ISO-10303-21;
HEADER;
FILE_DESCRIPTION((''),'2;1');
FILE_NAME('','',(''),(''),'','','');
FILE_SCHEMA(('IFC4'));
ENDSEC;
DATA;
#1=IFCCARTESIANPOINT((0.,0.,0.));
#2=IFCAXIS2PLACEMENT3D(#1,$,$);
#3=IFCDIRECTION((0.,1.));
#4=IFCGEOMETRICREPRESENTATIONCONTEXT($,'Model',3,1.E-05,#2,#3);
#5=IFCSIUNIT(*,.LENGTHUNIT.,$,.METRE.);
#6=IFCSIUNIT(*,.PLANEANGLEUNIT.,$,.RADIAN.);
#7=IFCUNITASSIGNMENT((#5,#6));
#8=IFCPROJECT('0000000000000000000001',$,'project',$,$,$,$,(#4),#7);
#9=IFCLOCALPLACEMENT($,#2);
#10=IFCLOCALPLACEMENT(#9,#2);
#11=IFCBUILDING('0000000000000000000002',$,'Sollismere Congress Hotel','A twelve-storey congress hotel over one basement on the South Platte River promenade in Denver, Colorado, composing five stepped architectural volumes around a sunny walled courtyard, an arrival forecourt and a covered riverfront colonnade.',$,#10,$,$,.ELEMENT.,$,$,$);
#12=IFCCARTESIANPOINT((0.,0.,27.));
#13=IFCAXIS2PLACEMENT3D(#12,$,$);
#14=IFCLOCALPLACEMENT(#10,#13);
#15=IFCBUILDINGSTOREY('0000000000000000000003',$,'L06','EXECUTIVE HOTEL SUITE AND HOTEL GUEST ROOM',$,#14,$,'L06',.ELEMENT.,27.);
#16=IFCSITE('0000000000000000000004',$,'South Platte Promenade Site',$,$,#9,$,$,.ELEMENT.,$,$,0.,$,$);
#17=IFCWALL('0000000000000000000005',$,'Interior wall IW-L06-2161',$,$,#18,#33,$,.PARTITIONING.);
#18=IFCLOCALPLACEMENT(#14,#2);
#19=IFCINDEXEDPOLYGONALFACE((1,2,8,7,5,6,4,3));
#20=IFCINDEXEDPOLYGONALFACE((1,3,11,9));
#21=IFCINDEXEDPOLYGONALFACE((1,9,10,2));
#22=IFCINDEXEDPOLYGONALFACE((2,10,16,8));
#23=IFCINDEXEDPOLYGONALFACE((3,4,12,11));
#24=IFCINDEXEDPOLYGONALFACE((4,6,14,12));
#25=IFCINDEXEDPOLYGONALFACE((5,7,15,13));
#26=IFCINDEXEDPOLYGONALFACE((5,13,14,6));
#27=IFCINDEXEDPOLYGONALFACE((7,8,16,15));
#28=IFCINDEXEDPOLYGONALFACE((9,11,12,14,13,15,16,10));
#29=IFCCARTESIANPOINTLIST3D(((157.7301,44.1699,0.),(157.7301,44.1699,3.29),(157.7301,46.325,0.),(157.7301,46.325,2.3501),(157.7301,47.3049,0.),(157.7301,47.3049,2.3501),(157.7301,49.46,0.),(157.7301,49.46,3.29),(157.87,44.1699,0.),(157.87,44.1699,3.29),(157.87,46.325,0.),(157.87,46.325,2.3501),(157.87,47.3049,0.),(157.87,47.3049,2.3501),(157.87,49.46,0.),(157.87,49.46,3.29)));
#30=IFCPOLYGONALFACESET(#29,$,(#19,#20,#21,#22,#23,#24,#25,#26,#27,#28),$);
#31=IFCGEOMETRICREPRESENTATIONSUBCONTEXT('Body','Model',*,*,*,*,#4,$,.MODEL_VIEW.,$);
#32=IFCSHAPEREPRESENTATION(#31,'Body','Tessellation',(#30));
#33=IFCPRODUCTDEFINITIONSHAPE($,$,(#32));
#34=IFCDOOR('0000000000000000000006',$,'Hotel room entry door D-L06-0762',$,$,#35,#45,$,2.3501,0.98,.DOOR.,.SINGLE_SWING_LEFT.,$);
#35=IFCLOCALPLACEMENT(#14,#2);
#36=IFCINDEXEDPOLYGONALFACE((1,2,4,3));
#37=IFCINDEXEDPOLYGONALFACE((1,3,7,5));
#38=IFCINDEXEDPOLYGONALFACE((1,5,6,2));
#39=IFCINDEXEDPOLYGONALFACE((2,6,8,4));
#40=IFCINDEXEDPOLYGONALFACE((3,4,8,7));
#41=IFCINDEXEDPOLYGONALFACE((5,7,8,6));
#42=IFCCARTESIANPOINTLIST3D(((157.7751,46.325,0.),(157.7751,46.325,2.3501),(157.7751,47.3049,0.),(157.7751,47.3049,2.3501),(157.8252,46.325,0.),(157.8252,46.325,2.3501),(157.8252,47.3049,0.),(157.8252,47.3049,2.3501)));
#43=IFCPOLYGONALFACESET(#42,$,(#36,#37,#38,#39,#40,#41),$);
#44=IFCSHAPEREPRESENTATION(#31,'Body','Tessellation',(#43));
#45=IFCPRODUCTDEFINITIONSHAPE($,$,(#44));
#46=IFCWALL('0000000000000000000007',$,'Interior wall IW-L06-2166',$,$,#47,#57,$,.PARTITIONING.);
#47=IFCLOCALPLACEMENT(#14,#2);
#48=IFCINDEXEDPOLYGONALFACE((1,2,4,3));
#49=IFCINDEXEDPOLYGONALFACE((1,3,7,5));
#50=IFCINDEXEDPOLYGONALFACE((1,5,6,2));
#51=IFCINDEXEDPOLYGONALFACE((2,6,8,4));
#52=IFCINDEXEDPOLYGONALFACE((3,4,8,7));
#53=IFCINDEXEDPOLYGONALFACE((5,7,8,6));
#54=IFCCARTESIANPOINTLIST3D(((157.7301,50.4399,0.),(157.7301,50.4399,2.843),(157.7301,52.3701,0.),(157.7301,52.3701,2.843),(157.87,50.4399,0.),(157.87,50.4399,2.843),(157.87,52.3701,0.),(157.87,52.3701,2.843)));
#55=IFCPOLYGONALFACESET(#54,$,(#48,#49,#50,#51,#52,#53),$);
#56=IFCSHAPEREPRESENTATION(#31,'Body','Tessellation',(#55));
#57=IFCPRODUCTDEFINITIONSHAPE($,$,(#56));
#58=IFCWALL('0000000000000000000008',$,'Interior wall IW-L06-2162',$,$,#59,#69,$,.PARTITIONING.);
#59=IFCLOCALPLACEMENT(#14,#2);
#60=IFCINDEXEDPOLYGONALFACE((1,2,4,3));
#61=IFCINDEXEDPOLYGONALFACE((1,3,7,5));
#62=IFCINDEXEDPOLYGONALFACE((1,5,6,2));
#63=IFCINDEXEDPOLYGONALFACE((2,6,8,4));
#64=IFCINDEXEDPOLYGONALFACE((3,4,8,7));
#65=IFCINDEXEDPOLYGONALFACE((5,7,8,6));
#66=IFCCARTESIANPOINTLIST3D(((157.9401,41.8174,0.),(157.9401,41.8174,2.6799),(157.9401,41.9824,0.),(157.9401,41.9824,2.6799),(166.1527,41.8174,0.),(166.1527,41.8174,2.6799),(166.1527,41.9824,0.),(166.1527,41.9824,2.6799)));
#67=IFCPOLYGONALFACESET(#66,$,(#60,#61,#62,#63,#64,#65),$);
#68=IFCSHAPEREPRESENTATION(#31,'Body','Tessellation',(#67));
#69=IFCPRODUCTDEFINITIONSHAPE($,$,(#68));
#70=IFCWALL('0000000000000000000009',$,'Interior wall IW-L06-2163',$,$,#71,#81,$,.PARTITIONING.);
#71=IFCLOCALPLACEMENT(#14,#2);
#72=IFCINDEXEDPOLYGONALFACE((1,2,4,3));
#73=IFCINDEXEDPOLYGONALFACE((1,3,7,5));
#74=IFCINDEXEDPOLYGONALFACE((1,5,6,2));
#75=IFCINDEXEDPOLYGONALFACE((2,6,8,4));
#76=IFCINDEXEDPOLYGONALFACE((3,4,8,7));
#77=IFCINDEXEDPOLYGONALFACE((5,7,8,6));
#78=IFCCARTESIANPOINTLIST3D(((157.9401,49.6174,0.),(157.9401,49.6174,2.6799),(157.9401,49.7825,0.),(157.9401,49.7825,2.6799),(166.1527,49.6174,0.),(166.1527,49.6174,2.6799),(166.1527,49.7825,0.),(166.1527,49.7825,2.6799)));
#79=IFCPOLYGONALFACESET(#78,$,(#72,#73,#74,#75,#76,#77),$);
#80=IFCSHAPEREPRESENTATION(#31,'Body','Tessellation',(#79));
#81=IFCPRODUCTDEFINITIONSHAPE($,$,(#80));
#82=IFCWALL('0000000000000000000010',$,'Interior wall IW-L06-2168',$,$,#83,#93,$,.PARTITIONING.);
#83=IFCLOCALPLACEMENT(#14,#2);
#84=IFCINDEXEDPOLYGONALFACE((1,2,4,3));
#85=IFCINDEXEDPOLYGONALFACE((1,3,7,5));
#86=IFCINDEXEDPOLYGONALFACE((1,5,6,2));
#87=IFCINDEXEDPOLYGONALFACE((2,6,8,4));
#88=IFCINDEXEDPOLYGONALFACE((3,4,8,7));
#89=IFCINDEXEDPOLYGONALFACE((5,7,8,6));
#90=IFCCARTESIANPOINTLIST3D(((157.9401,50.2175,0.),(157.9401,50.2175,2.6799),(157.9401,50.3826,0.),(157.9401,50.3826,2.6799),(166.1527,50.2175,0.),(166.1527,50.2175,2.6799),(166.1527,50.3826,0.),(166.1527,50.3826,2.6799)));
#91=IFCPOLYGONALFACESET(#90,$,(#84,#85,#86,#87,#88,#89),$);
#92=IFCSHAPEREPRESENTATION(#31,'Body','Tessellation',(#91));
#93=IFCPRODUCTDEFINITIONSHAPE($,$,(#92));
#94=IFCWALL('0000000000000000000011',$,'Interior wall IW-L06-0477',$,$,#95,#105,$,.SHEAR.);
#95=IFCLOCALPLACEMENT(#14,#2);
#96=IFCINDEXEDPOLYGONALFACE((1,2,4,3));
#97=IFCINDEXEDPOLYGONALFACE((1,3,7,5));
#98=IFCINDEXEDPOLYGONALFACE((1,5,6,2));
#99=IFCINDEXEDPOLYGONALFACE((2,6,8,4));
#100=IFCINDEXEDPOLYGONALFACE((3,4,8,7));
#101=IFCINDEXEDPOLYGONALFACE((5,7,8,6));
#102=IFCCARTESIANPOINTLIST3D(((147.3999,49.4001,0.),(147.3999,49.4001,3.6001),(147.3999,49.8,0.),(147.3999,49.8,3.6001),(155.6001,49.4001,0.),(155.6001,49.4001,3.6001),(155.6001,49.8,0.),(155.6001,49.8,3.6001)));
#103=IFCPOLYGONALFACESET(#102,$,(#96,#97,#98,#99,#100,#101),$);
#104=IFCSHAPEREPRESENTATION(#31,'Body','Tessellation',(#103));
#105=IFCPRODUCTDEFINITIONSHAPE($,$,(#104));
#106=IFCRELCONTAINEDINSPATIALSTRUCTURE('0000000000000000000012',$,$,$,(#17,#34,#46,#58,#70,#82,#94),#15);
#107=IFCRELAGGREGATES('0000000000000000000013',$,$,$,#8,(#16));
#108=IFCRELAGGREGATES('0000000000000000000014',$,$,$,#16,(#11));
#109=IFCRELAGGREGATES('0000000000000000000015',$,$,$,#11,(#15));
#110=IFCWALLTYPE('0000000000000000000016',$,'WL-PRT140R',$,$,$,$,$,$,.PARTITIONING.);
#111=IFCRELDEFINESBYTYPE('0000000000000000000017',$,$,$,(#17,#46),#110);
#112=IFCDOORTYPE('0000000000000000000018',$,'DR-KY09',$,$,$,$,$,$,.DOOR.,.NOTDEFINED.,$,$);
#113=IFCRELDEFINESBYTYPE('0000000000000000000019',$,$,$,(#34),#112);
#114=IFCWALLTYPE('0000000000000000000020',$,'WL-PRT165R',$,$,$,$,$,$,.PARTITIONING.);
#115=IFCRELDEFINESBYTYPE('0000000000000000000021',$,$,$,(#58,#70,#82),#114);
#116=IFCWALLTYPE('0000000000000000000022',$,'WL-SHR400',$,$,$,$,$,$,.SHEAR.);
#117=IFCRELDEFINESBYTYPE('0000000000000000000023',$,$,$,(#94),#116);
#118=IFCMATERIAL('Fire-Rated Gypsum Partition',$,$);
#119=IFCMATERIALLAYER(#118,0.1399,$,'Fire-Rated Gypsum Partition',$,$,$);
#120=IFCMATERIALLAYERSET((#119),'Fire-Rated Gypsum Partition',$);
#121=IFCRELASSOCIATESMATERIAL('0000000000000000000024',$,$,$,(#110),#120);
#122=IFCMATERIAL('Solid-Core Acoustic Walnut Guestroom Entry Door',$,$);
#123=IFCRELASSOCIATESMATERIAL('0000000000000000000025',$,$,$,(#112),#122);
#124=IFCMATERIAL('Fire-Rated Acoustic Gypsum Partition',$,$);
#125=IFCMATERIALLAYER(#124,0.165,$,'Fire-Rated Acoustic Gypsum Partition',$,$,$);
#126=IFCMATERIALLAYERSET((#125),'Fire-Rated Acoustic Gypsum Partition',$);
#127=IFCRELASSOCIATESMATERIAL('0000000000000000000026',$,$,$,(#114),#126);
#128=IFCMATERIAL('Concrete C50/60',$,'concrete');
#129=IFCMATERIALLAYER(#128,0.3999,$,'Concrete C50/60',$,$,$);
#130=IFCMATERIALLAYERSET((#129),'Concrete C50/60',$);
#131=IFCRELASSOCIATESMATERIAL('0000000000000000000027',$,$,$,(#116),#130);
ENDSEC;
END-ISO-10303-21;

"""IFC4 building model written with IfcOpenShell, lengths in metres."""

from ifc_helpers import new_model, si_unit, direction, frame, frame_2d, origin, place, context, subcontext, project, spatial, rectangle, extrude, material, layer, layer_set, type_object, element, fill, save


model = new_model("IFC4")

# Units and contexts
model_context = context("Model", 3, precision=1e-05, world=origin(), true_north=direction((0.0, 1.0)))
body_context = subcontext(model_context, "Body", "Model", "MODEL_VIEW")
ifc_project = project(units=[si_unit("LENGTHUNIT", "METRE"), si_unit("PLANEANGLEUNIT", "RADIAN")], contexts=[model_context])

# Site, building, storey
site_placement = place(None, origin())
site = spatial("IfcSite", under=ifc_project, at=site_placement, Name="South Platte Promenade Site", CompositionType="ELEMENT", RefElevation=0.0)
building_placement = place(site_placement, origin())
building = spatial("IfcBuilding", under=site, at=building_placement, Name="Sollismere Congress Hotel", Description="A twelve-storey congress hotel over one basement on the South Platte River promenade in Denver, Colorado, composing five stepped architectural volumes around a sunny walled courtyard, an arrival forecourt and a covered riverfront colonnade.", CompositionType="ELEMENT")
storey_placement = place(building_placement, frame((0.0, 0.0, 27.0)))
storey = spatial("IfcBuildingStorey", under=building, at=storey_placement, Name="L06", Description="EXECUTIVE HOTEL SUITE AND HOTEL GUEST ROOM", LongName="L06", CompositionType="ELEMENT", Elevation=27.0)

# Shared definitions
ifc_material_1 = material(Name="Fire-Rated Gypsum Partition")
ifc_layer_1 = layer(ifc_material_1, 0.1399, Name="Fire-Rated Gypsum Partition")
ifc_layer_set_1 = layer_set([ifc_layer_1], Name="Fire-Rated Gypsum Partition")
wall_type_1 = type_object("IfcWallType", Name="WL-PRT140R", PredefinedType="PARTITIONING", material=ifc_layer_set_1)

# Wall, opening, door
wall_1_placement = place(storey_placement, frame((157.8, 44.1699, 0.0), z_axis=(0.0, 0.0, 1.0), x_axis=(0.0, 1.0, 0.0)))
wall_1 = element("IfcWall", 1, at=wall_1_placement, inside=storey, type_object=wall_type_1, Name="Interior wall IW-L06-2161", PredefinedType="PARTITIONING", context=body_context, shape_type="SweptSolid", body=[
    extrude(rectangle(XDim=5.29, YDim=0.1399, at=frame_2d((2.645, 0.0))), origin(), (0.0, 0.0, 1.0), 3.29),
])
opening_1_placement = place(wall_1_placement, frame((2.155, 0.0, 0.0)))
opening_1 = element("IfcOpeningElement", 2, at=opening_1_placement, cuts=wall_1, PredefinedType="OPENING", context=body_context, shape_type="SweptSolid", body=[
    extrude(rectangle(XDim=0.98, YDim=2.3501, at=frame_2d((0.49, 1.175))), frame((0.0, 0.0798, 0.0), z_axis=(0.0, -1.0, 0.0), x_axis=(1.0, 0.0, 0.0)), (0.0, 0.0, 1.0), 0.1599),
])
ifc_material_2 = material(Name="Solid-Core Acoustic Walnut Guestroom Entry Door")
door_type_1 = type_object("IfcDoorType", Name="DR-KY09", OperationType="NOTDEFINED", PredefinedType="DOOR", material=ifc_material_2)
door_1_placement = place(opening_1_placement, origin())
door_1 = element("IfcDoor", 3, at=door_1_placement, inside=storey, type_object=door_type_1, Name="Hotel room entry door D-L06-0762", OperationType="SINGLE_SWING_LEFT", OverallHeight=2.3501, OverallWidth=0.98, PredefinedType="DOOR", context=body_context, shape_type="SweptSolid", body=[
    extrude(rectangle(XDim=0.98, YDim=2.3501, at=frame_2d((0.49, 1.175))), frame((0.0, 0.0249, 0.0), z_axis=(0.0, -1.0, 0.0), x_axis=(1.0, 0.0, 0.0)), (0.0, 0.0, 1.0), 0.05),
])
fill(opening_1, door_1)

# Walls
wall_2_placement = place(storey_placement, frame((157.8, 50.4399, 0.0), z_axis=(0.0, 0.0, 1.0), x_axis=(0.0, 1.0, 0.0)))
element("IfcWall", 4, at=wall_2_placement, inside=storey, type_object=wall_type_1, Name="Interior wall IW-L06-2166", PredefinedType="PARTITIONING", context=body_context, shape_type="SweptSolid", body=[
    extrude(rectangle(XDim=1.9302, YDim=0.1399, at=frame_2d((0.9651, 0.0))), origin(), (0.0, 0.0, 1.0), 2.843),
])
ifc_material_3 = material(Name="Fire-Rated Acoustic Gypsum Partition")
ifc_layer_2 = layer(ifc_material_3, 0.165, Name="Fire-Rated Acoustic Gypsum Partition")
ifc_layer_set_2 = layer_set([ifc_layer_2], Name="Fire-Rated Acoustic Gypsum Partition")
wall_type_2 = type_object("IfcWallType", Name="WL-PRT165R", PredefinedType="PARTITIONING", material=ifc_layer_set_2)
for number, where, z_axis, x_axis, name in (
    (5, (157.9399, 41.8999, 0.0), (0.0, 0.0, 1.0), (1.0, 0.0, 0.0), "Interior wall IW-L06-2162"),
    (6, (157.9399, 49.7, 0.0), (0.0, 0.0, 1.0), (1.0, 0.0, 0.0), "Interior wall IW-L06-2163"),
    (7, (157.9399, 50.3, 0.0), (0.0, 0.0, 1.0), (1.0, 0.0, 0.0), "Interior wall IW-L06-2168"),
):
    element("IfcWall", number, at=place(storey_placement, frame(where, z_axis=z_axis, x_axis=x_axis)), inside=storey, type_object=wall_type_2, Name=name, PredefinedType="PARTITIONING", context=body_context, shape_type="SweptSolid", body=[
        extrude(rectangle(XDim=8.2126, YDim=0.165, at=frame_2d((4.1064, 0.0))), origin(), (0.0, 0.0, 1.0), 2.6799),
    ])
ifc_material_4 = material(Name="Concrete C50/60", Category="concrete")
ifc_layer_3 = layer(ifc_material_4, 0.3999, Name="Concrete C50/60")
ifc_layer_set_3 = layer_set([ifc_layer_3], Name="Concrete C50/60")
wall_type_3 = type_object("IfcWallType", Name="WL-SHR400", PredefinedType="SHEAR", material=ifc_layer_set_3)
wall_3_placement = place(storey_placement, frame((155.6001, 49.6001, 0.0), z_axis=(0.0, 0.0, 1.0), x_axis=(-1.0, 0.0, 0.0)))
element("IfcWall", 8, at=wall_3_placement, inside=storey, type_object=wall_type_3, Name="Interior wall IW-L06-0477", PredefinedType="SHEAR", context=body_context, shape_type="SweptSolid", body=[
    extrude(rectangle(XDim=8.2002, YDim=0.3999, at=frame_2d((4.1001, 0.0))), origin(), (0.0, 0.0, 1.0), 3.6001),
])

save(model, "model.ifc")
